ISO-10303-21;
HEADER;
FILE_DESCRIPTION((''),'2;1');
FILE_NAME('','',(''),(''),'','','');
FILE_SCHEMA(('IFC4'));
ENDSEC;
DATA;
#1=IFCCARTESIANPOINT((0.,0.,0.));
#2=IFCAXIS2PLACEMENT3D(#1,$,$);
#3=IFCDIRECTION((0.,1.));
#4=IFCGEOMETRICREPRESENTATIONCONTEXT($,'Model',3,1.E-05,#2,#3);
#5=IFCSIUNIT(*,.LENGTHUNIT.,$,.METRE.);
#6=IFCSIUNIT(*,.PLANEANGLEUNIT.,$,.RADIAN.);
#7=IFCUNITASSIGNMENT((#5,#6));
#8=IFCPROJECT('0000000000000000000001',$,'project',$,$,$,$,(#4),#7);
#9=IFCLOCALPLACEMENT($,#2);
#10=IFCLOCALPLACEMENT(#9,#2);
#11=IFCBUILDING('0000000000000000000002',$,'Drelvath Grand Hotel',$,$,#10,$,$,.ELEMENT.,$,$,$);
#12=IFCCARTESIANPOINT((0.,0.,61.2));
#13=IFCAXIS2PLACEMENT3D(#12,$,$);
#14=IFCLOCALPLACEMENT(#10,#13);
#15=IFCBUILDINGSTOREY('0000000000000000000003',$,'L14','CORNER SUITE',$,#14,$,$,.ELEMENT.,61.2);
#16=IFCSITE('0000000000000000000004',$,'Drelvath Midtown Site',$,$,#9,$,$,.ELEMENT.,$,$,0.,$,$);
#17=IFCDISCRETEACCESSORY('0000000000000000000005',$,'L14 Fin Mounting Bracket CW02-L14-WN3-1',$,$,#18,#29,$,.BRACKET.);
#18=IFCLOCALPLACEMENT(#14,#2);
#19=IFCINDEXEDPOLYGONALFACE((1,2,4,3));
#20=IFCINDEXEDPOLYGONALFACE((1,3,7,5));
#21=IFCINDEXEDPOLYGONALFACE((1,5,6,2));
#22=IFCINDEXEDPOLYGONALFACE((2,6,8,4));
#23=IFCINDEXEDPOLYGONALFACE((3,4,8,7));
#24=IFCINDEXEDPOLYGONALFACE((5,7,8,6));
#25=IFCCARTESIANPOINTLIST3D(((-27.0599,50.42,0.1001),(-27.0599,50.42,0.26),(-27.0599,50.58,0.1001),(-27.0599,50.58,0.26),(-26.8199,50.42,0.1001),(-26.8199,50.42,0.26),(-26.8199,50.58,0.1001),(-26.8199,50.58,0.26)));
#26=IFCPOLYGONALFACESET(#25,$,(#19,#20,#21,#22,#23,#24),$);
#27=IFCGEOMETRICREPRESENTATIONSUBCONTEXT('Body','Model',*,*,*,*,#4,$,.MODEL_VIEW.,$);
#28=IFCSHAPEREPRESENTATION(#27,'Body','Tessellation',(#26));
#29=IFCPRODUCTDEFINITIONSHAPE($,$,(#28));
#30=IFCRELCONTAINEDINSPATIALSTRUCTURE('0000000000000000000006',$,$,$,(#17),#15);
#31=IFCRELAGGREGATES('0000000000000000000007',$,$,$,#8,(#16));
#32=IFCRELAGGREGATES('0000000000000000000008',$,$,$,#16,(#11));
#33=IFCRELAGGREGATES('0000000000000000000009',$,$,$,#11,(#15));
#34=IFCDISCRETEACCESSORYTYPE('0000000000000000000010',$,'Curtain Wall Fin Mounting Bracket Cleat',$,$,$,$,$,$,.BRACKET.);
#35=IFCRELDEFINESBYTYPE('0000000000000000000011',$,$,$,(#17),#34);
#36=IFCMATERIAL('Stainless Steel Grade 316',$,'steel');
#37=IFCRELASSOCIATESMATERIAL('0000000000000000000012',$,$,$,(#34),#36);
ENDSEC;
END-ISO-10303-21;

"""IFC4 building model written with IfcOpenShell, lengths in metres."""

from ifc_helpers import new_model, si_unit, direction, frame, origin, origin_2d, place, context, subcontext, project, spatial, rectangle, extrude, material, type_object, element, save


model = new_model("IFC4")

# Units and contexts
model_context = context("Model", 3, precision=1e-05, world=origin(), true_north=direction((0.0, 1.0)))
body_context = subcontext(model_context, "Body", "Model", "MODEL_VIEW")
ifc_project = project(units=[si_unit("LENGTHUNIT", "METRE"), si_unit("PLANEANGLEUNIT", "RADIAN")], contexts=[model_context])

# Site, building, storey
site_placement = place(None, origin())
site = spatial("IfcSite", under=ifc_project, at=site_placement, Name="Drelvath Midtown Site", CompositionType="ELEMENT", RefElevation=0.0)
building_placement = place(site_placement, origin())
building = spatial("IfcBuilding", under=site, at=building_placement, Name="Drelvath Grand Hotel", CompositionType="ELEMENT")
storey_placement = place(building_placement, frame((0.0, 0.0, 61.2)))
storey = spatial("IfcBuildingStorey", under=building, at=storey_placement, Name="L14", Description="CORNER SUITE", CompositionType="ELEMENT", Elevation=61.2)

# Discrete accessory
ifc_material_1 = material(Name="Stainless Steel Grade 316", Category="steel")
discrete_accessory_type = type_object("IfcDiscreteAccessoryType", Name="Curtain Wall Fin Mounting Bracket Cleat", PredefinedType="BRACKET", material=ifc_material_1)
discrete_accessory_placement = place(storey_placement, frame((-26.9399, 50.5, 0.1001), z_axis=(0.0, 0.0, 1.0), x_axis=(0.0, 1.0, 0.0)))
element("IfcDiscreteAccessory", 1, at=discrete_accessory_placement, inside=storey, type_object=discrete_accessory_type, Name="L14 Fin Mounting Bracket CW02-L14-WN3-1", PredefinedType="BRACKET", context=body_context, shape_type="SweptSolid", body=[
    extrude(rectangle(XDim=0.1599, YDim=0.24, at=origin_2d()), origin(), (0.0, 0.0, 1.0), 0.1599),
])

save(model, "model.ifc")
